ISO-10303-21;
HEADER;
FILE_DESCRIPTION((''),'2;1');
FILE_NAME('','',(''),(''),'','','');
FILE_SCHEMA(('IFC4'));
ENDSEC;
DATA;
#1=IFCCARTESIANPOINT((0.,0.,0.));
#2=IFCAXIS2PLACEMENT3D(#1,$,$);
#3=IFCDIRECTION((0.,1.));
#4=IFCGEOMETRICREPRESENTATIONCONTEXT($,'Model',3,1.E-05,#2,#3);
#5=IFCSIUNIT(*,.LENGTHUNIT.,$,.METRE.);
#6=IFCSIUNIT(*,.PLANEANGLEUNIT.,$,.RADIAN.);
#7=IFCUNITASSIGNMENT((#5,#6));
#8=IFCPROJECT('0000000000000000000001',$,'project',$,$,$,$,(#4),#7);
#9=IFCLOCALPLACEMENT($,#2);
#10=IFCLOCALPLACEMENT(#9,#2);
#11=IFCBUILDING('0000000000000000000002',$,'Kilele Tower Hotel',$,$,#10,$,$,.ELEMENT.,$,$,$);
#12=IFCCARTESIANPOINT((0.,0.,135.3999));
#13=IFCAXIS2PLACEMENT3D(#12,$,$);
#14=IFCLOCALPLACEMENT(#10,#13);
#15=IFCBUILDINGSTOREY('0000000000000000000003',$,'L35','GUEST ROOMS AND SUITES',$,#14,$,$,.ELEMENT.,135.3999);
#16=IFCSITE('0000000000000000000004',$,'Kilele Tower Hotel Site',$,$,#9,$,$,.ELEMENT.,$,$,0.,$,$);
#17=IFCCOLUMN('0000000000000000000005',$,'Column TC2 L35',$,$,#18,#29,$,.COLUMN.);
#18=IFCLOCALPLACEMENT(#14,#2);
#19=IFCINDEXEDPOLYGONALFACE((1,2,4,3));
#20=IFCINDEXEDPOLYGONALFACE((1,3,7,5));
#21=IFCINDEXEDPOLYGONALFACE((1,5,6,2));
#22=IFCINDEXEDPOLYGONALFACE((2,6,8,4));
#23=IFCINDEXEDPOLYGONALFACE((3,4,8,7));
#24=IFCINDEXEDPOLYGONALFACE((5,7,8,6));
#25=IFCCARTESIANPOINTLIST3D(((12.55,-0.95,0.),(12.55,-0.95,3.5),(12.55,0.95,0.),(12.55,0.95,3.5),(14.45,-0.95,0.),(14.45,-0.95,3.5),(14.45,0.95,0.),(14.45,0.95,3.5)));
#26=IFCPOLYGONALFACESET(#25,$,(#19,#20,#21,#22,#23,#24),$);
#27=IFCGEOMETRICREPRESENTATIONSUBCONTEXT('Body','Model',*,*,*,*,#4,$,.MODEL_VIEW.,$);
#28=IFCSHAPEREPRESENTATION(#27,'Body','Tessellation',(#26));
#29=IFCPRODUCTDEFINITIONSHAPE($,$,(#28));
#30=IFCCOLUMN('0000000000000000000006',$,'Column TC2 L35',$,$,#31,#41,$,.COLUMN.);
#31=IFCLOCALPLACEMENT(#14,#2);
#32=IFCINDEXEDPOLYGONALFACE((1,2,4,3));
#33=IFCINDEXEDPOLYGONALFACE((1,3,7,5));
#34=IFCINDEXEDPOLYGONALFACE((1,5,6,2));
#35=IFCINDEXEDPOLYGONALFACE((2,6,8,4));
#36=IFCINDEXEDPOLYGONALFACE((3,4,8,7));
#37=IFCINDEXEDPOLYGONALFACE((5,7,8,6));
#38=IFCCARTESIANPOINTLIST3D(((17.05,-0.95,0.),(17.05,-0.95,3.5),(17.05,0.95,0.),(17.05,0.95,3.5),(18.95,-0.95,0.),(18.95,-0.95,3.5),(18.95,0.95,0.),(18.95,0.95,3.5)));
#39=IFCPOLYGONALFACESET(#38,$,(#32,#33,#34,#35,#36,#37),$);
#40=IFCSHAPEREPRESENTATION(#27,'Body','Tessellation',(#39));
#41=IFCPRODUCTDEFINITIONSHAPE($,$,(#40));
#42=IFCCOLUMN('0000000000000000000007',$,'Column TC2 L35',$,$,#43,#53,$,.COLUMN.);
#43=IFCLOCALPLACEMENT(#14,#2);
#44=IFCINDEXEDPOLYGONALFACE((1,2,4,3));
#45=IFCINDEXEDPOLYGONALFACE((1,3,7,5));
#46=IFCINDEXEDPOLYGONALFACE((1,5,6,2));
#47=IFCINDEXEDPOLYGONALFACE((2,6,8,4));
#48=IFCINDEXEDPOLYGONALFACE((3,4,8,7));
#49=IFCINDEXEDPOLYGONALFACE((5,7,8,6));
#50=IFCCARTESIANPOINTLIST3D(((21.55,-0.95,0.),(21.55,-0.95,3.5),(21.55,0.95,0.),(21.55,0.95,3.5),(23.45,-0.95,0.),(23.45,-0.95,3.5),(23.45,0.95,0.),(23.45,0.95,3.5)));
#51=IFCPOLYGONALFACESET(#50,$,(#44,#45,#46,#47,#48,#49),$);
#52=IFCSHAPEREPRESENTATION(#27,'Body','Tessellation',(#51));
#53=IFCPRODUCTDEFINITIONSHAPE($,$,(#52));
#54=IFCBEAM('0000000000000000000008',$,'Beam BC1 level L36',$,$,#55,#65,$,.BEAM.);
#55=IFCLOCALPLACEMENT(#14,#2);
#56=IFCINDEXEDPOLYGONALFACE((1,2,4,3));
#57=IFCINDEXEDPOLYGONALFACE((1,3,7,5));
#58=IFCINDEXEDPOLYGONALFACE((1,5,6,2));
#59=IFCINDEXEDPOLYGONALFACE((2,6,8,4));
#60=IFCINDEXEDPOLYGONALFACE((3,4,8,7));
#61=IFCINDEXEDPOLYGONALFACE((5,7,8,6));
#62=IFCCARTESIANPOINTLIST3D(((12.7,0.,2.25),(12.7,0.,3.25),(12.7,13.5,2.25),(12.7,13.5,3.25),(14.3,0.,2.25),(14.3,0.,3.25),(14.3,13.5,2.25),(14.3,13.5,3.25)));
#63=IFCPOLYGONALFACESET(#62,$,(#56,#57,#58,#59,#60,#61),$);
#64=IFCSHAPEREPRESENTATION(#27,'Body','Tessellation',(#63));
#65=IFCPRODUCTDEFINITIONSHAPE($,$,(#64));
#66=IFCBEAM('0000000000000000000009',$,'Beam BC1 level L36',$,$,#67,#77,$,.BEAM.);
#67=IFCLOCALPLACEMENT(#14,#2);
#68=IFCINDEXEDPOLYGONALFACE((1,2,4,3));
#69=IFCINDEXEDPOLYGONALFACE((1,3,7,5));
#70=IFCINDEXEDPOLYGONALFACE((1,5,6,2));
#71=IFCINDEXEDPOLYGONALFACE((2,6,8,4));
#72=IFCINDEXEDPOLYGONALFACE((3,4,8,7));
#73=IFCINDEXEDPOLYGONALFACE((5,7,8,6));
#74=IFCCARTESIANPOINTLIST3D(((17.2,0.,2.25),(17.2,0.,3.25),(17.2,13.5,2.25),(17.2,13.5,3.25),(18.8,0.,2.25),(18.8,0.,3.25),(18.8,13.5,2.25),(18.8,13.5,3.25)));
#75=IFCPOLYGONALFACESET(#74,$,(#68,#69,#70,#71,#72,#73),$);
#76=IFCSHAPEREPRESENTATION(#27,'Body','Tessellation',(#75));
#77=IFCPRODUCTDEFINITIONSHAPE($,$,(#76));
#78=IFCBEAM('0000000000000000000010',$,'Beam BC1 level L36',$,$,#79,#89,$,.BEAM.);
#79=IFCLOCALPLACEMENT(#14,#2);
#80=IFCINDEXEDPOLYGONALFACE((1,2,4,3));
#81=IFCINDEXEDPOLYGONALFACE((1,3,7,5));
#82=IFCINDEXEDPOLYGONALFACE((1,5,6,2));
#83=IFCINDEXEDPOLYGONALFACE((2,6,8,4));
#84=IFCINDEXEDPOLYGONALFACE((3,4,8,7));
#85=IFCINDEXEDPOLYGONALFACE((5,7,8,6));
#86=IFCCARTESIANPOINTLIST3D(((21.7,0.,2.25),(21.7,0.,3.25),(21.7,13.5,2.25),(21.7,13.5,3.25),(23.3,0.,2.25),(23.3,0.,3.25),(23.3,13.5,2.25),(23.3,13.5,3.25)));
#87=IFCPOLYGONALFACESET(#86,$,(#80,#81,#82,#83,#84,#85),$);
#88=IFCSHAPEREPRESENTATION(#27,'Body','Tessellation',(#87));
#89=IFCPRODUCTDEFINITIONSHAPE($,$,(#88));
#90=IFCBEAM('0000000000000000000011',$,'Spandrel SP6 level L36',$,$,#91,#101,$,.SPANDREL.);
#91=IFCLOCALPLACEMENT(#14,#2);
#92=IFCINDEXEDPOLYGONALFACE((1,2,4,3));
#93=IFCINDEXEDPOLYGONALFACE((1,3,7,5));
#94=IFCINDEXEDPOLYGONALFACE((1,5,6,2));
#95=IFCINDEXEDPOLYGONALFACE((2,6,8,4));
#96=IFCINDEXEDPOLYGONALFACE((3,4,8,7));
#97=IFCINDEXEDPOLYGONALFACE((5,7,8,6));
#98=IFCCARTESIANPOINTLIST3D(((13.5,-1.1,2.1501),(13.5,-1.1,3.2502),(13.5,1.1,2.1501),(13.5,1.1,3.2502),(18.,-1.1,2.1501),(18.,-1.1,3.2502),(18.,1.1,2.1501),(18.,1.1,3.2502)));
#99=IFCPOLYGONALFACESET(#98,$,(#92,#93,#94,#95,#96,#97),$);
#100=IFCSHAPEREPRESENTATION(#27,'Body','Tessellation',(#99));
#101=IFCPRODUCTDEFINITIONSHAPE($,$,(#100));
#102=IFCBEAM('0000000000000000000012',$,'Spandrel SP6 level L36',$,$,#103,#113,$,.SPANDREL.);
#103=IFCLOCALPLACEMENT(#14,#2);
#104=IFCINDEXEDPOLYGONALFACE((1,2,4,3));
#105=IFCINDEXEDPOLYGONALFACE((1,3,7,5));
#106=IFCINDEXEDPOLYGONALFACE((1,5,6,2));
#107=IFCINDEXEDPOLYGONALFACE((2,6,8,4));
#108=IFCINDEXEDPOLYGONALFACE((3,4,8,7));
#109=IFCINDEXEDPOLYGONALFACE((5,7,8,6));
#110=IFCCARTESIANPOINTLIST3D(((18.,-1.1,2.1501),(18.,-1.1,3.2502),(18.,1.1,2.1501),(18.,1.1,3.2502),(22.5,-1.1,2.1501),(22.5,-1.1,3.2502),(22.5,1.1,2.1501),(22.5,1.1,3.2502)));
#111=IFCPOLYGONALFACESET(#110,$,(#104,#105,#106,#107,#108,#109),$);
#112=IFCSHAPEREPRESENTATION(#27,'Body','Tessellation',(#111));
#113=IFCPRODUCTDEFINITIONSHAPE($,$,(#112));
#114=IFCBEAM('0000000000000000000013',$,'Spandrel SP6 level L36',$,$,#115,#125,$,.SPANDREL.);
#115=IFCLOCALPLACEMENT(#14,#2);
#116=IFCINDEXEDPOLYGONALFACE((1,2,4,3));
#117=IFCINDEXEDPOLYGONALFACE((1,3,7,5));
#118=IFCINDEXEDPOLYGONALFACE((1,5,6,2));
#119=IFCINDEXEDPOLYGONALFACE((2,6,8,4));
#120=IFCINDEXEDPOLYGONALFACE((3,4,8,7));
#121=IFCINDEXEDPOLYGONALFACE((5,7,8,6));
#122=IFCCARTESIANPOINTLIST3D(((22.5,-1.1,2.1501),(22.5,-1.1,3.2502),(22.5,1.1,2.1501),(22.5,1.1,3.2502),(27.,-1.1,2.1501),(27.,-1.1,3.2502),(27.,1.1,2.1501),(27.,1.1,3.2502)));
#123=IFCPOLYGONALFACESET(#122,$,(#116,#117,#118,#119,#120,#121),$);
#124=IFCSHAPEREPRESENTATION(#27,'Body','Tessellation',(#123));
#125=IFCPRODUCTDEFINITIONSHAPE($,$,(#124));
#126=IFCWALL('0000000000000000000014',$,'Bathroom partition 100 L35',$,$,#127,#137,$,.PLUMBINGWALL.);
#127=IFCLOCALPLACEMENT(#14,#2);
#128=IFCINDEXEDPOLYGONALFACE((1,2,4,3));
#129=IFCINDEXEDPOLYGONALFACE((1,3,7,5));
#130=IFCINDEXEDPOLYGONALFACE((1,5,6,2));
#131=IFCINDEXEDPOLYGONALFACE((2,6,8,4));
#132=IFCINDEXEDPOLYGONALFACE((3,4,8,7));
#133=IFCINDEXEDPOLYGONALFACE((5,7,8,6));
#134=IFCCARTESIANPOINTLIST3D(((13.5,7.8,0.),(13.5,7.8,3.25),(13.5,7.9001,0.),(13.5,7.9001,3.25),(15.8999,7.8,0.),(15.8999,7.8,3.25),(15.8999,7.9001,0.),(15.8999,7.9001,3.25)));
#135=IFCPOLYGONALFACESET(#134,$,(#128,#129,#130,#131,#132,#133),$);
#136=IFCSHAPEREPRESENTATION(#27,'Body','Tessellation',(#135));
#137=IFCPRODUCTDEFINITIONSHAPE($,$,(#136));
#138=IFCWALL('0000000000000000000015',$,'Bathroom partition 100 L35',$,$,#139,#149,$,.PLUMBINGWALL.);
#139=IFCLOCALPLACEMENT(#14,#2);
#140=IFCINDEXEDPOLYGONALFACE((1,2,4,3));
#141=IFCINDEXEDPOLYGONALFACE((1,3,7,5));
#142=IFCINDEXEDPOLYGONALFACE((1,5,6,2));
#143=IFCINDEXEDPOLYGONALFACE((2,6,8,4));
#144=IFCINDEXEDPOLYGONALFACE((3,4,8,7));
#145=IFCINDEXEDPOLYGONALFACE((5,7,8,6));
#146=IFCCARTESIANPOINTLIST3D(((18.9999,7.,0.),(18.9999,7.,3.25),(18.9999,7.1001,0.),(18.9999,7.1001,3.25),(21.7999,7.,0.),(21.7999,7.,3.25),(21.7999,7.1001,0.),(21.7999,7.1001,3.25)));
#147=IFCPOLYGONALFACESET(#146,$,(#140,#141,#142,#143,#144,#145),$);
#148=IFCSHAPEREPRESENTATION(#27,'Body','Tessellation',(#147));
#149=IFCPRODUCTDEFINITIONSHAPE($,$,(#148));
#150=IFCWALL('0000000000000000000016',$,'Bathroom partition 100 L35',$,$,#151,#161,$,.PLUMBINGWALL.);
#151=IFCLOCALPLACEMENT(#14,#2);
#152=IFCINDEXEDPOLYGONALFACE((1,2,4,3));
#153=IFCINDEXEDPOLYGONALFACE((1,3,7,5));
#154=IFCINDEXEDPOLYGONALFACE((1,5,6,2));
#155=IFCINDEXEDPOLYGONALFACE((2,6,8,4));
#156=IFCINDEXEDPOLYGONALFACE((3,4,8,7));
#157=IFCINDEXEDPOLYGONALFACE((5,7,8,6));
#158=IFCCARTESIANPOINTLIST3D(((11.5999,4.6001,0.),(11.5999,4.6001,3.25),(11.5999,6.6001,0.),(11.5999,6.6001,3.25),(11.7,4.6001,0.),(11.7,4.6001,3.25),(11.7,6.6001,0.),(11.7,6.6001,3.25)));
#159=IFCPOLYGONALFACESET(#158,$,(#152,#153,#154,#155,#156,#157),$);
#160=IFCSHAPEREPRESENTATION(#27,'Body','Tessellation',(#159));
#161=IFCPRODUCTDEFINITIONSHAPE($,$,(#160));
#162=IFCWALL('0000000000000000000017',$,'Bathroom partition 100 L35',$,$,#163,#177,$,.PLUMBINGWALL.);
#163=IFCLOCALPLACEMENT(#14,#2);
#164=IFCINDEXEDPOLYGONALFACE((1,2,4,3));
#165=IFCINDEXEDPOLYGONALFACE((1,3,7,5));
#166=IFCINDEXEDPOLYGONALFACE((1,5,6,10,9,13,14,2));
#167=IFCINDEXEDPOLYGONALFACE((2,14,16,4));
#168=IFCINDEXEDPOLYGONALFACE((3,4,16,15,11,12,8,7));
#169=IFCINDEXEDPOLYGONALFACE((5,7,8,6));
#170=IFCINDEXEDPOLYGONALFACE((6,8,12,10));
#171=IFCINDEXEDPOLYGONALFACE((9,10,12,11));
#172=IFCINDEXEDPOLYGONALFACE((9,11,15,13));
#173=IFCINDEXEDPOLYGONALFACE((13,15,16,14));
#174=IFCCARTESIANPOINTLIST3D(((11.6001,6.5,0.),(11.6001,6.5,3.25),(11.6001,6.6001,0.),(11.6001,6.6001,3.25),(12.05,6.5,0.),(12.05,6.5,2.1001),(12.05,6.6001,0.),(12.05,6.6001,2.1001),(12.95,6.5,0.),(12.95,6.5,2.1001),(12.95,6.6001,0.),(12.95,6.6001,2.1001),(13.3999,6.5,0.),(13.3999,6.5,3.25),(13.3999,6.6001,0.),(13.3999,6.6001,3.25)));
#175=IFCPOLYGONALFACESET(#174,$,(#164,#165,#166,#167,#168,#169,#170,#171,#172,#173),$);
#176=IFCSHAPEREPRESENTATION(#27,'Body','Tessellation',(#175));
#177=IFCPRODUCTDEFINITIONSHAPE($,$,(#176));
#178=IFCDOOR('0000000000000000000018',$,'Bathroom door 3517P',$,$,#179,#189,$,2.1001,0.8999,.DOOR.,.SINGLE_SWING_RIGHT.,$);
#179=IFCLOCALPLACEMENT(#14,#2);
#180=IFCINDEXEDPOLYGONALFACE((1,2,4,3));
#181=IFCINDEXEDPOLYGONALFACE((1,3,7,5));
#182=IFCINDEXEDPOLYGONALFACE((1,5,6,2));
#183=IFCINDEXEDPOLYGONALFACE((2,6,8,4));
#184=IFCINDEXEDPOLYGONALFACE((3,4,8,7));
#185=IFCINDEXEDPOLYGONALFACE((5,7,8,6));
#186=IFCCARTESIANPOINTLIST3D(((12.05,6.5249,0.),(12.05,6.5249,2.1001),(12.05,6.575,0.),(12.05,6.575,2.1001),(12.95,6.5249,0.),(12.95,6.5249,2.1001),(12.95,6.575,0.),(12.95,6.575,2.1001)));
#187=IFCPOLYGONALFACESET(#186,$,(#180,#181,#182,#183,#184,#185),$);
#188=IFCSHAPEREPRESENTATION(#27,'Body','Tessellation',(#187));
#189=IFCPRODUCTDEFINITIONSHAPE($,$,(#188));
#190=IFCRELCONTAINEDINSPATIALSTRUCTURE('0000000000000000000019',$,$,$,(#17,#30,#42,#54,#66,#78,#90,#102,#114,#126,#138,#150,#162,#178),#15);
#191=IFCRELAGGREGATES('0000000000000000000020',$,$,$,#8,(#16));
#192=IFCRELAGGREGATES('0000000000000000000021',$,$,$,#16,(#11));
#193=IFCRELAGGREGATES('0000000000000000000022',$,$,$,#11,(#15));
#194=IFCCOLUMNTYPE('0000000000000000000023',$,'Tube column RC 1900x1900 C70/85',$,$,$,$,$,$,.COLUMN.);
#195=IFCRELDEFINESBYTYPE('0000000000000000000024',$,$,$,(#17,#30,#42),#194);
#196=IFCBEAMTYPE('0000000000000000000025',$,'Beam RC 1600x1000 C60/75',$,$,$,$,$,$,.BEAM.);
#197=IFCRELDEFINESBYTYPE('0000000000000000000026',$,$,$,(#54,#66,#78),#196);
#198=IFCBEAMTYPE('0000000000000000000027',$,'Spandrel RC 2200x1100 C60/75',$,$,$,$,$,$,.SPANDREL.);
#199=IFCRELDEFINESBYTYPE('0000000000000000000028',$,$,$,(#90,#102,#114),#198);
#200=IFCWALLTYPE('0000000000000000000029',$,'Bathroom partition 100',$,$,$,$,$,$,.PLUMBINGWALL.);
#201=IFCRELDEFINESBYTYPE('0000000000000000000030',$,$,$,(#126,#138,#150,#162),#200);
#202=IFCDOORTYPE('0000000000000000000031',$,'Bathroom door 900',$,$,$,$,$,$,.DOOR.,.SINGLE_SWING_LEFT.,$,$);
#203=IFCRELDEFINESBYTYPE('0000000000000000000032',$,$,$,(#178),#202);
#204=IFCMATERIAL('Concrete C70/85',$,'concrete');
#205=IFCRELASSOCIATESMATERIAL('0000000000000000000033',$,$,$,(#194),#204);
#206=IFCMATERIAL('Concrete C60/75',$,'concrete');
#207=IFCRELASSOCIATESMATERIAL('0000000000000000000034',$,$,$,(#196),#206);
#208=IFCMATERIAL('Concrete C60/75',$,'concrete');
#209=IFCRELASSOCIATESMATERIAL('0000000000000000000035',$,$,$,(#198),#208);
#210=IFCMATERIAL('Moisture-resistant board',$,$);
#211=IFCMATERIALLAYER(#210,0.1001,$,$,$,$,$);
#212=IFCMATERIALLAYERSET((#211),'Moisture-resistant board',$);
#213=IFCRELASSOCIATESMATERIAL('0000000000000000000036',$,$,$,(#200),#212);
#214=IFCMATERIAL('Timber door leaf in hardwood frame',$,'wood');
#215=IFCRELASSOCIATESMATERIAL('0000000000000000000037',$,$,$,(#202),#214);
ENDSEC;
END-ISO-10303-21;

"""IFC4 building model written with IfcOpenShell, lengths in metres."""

from ifc_helpers import new_model, si_unit, direction, frame, frame_2d, origin, origin_2d, place, context, subcontext, project, spatial, rectangle, extrude, material, layer, layer_set, material_profile, profile_set, type_object, element, fill, save


model = new_model("IFC4")

# Units and contexts
model_context = context("Model", 3, precision=1e-05, world=origin(), true_north=direction((0.0, 1.0)))
body_context = subcontext(model_context, "Body", "Model", "MODEL_VIEW")
ifc_project = project(units=[si_unit("LENGTHUNIT", "METRE"), si_unit("PLANEANGLEUNIT", "RADIAN")], contexts=[model_context])

# Site, building, storey
site_placement = place(None, origin())
site = spatial("IfcSite", under=ifc_project, at=site_placement, Name="Kilele Tower Hotel Site", CompositionType="ELEMENT", RefElevation=0.0)
building_placement = place(site_placement, origin())
building = spatial("IfcBuilding", under=site, at=building_placement, Name="Kilele Tower Hotel", CompositionType="ELEMENT")
storey_placement = place(building_placement, frame((0.0, 0.0, 135.3999)))
storey = spatial("IfcBuildingStorey", under=building, at=storey_placement, Name="L35", Description="GUEST ROOMS AND SUITES", CompositionType="ELEMENT", Elevation=135.3999)

# Columns
ifc_material_1 = material(Name="Concrete C70/85", Category="concrete")
ifc_material_profile_1 = material_profile(ifc_material_1, rectangle(XDim=1.8999, YDim=1.8999, at=origin_2d()))
ifc_profile_set_1 = profile_set([ifc_material_profile_1], Name="Concrete C70/85")
column_type = type_object("IfcColumnType", Name="Tube column RC 1900x1900 C70/85", PredefinedType="COLUMN", material=ifc_profile_set_1)
for number, where, z_axis, x_axis, name in (
    (1, (13.5, 0.0, 0.0), (0.0, 0.0, 1.0), (1.0, 0.0, 0.0), "Column TC2 L35"),
    (2, (18.0, 0.0, 0.0), (0.0, 0.0, 1.0), (1.0, 0.0, 0.0), "Column TC2 L35"),
    (3, (22.5, 0.0, 0.0), (0.0, 0.0, 1.0), (1.0, 0.0, 0.0), "Column TC2 L35"),
):
    element("IfcColumn", number, at=place(storey_placement, frame(where, z_axis=z_axis, x_axis=x_axis)), inside=storey, type_object=column_type, Name=name, PredefinedType="COLUMN", context=body_context, shape_type="SweptSolid", body=[
        extrude(rectangle(XDim=1.8999, YDim=1.8999, at=origin_2d()), origin(), (0.0, 0.0, 1.0), 3.5),
    ])

# Beams
ifc_material_2 = material(Name="Concrete C60/75", Category="concrete")
ifc_material_profile_2 = material_profile(ifc_material_2, rectangle(XDim=1.6001, YDim=1.0, at=origin_2d()))
ifc_profile_set_2 = profile_set([ifc_material_profile_2], Name="Concrete C60/75")
beam_type_1 = type_object("IfcBeamType", Name="Beam RC 1600x1000 C60/75", PredefinedType="BEAM", material=ifc_profile_set_2)
for number, where, z_axis, x_axis, name in (
    (4, (13.5, 0.0, 2.75), (0.0, 1.0, 0.0), (-1.0, 0.0, 0.0), "Beam BC1 level L36"),
    (5, (18.0, 0.0, 2.75), (0.0, 1.0, 0.0), (-1.0, 0.0, 0.0), "Beam BC1 level L36"),
    (6, (22.5, 0.0, 2.75), (0.0, 1.0, 0.0), (-1.0, 0.0, 0.0), "Beam BC1 level L36"),
):
    element("IfcBeam", number, at=place(storey_placement, frame(where, z_axis=z_axis, x_axis=x_axis)), inside=storey, type_object=beam_type_1, Name=name, PredefinedType="BEAM", context=body_context, shape_type="SweptSolid", body=[
        extrude(rectangle(XDim=1.6001, YDim=1.0, at=origin_2d()), origin(), (0.0, 0.0, 1.0), 13.5),
    ])
ifc_material_3 = material(Name="Concrete C60/75", Category="concrete")
ifc_material_profile_3 = material_profile(ifc_material_3, rectangle(XDim=2.2, YDim=1.1001, at=origin_2d()))
ifc_profile_set_3 = profile_set([ifc_material_profile_3], Name="Concrete C60/75")
beam_type_2 = type_object("IfcBeamType", Name="Spandrel RC 2200x1100 C60/75", PredefinedType="SPANDREL", material=ifc_profile_set_3)
for number, where, z_axis, x_axis, name in (
    (7, (13.5, 0.0, 2.7002), (1.0, 0.0, 0.0), (0.0, 1.0, 0.0), "Spandrel SP6 level L36"),
    (8, (18.0, 0.0, 2.7002), (1.0, 0.0, 0.0), (0.0, 1.0, 0.0), "Spandrel SP6 level L36"),
    (9, (22.5, 0.0, 2.7002), (1.0, 0.0, 0.0), (0.0, 1.0, 0.0), "Spandrel SP6 level L36"),
):
    element("IfcBeam", number, at=place(storey_placement, frame(where, z_axis=z_axis, x_axis=x_axis)), inside=storey, type_object=beam_type_2, Name=name, PredefinedType="SPANDREL", context=body_context, shape_type="SweptSolid", body=[
        extrude(rectangle(XDim=2.2, YDim=1.1001, at=origin_2d()), origin(), (0.0, 0.0, 1.0), 4.5),
    ])

# Walls
ifc_material_4 = material(Name="Moisture-resistant board")
ifc_layer_1 = layer(ifc_material_4, 0.1001)
ifc_layer_set_1 = layer_set([ifc_layer_1], Name="Moisture-resistant board")
wall_type_1 = type_object("IfcWallType", Name="Bathroom partition 100", PredefinedType="PLUMBINGWALL", material=ifc_layer_set_1)
wall_1_placement = place(storey_placement, frame((13.5, 7.8501, 0.0), z_axis=(0.0, 0.0, 1.0), x_axis=(1.0, 0.0, 0.0)))
element("IfcWall", 10, at=wall_1_placement, inside=storey, type_object=wall_type_1, Name="Bathroom partition 100 L35", PredefinedType="PLUMBINGWALL", context=body_context, shape_type="SweptSolid", body=[
    extrude(rectangle(XDim=2.3999, YDim=0.1001, at=frame_2d((1.2, 0.0))), origin(), (0.0, 0.0, 1.0), 3.25),
])
wall_2_placement = place(storey_placement, frame((19.0, 7.05, 0.0), z_axis=(0.0, 0.0, 1.0), x_axis=(1.0, 0.0, 0.0)))
element("IfcWall", 11, at=wall_2_placement, inside=storey, type_object=wall_type_1, Name="Bathroom partition 100 L35", PredefinedType="PLUMBINGWALL", context=body_context, shape_type="SweptSolid", body=[
    extrude(rectangle(XDim=2.8, YDim=0.1001, at=frame_2d((1.3999, 0.0))), origin(), (0.0, 0.0, 1.0), 3.25),
])
wall_3_placement = place(storey_placement, frame((11.6499, 4.6001, 0.0), z_axis=(0.0, 0.0, 1.0), x_axis=(0.0, 1.0, 0.0)))
element("IfcWall", 12, at=wall_3_placement, inside=storey, type_object=wall_type_1, Name="Bathroom partition 100 L35", PredefinedType="PLUMBINGWALL", context=body_context, shape_type="SweptSolid", body=[
    extrude(rectangle(XDim=2.0, YDim=0.1001, at=frame_2d((1.0, 0.0))), origin(), (0.0, 0.0, 1.0), 3.25),
])

# Wall, opening, door
wall_4_placement = place(storey_placement, frame((13.3999, 6.55, 0.0), z_axis=(0.0, 0.0, 1.0), x_axis=(-1.0, 0.0, 0.0)))
wall_4 = element("IfcWall", 13, at=wall_4_placement, inside=storey, type_object=wall_type_1, Name="Bathroom partition 100 L35", PredefinedType="PLUMBINGWALL", context=body_context, shape_type="SweptSolid", body=[
    extrude(rectangle(XDim=1.7998, YDim=0.1001, at=frame_2d((0.8999, 0.0))), origin(), (0.0, 0.0, 1.0), 3.25),
])
opening_1_placement = place(wall_4_placement, frame((1.3499, 0.0, 0.0), z_axis=(0.0, 0.0, 1.0), x_axis=(-1.0, 0.0, 0.0)))
opening_1 = element("IfcOpeningElement", 14, at=opening_1_placement, cuts=wall_4, PredefinedType="OPENING", context=body_context, shape_type="SweptSolid", body=[
    extrude(rectangle(XDim=0.8999, YDim=2.1001, at=frame_2d((0.45, 1.05))), frame((0.0, 0.0601, 0.0), z_axis=(0.0, -1.0, 0.0), x_axis=(1.0, 0.0, 0.0)), (0.0, 0.0, 1.0), 0.1201),
])
ifc_material_5 = material(Name="Timber door leaf in hardwood frame", Category="wood")
door_type_1 = type_object("IfcDoorType", Name="Bathroom door 900", OperationType="SINGLE_SWING_LEFT", PredefinedType="DOOR", material=ifc_material_5)
door_1_placement = place(opening_1_placement, origin())
door_1 = element("IfcDoor", 15, at=door_1_placement, inside=storey, type_object=door_type_1, Name="Bathroom door 3517P", OperationType="SINGLE_SWING_RIGHT", OverallHeight=2.1001, OverallWidth=0.8999, PredefinedType="DOOR", context=body_context, shape_type="SweptSolid", body=[
    extrude(rectangle(XDim=0.8999, YDim=2.1001, at=frame_2d((0.45, 1.05))), frame((0.0, 0.0249, 0.0), z_axis=(0.0, -1.0, 0.0), x_axis=(1.0, 0.0, 0.0)), (0.0, 0.0, 1.0), 0.05),
])
fill(opening_1, door_1)

save(model, "model.ifc")
